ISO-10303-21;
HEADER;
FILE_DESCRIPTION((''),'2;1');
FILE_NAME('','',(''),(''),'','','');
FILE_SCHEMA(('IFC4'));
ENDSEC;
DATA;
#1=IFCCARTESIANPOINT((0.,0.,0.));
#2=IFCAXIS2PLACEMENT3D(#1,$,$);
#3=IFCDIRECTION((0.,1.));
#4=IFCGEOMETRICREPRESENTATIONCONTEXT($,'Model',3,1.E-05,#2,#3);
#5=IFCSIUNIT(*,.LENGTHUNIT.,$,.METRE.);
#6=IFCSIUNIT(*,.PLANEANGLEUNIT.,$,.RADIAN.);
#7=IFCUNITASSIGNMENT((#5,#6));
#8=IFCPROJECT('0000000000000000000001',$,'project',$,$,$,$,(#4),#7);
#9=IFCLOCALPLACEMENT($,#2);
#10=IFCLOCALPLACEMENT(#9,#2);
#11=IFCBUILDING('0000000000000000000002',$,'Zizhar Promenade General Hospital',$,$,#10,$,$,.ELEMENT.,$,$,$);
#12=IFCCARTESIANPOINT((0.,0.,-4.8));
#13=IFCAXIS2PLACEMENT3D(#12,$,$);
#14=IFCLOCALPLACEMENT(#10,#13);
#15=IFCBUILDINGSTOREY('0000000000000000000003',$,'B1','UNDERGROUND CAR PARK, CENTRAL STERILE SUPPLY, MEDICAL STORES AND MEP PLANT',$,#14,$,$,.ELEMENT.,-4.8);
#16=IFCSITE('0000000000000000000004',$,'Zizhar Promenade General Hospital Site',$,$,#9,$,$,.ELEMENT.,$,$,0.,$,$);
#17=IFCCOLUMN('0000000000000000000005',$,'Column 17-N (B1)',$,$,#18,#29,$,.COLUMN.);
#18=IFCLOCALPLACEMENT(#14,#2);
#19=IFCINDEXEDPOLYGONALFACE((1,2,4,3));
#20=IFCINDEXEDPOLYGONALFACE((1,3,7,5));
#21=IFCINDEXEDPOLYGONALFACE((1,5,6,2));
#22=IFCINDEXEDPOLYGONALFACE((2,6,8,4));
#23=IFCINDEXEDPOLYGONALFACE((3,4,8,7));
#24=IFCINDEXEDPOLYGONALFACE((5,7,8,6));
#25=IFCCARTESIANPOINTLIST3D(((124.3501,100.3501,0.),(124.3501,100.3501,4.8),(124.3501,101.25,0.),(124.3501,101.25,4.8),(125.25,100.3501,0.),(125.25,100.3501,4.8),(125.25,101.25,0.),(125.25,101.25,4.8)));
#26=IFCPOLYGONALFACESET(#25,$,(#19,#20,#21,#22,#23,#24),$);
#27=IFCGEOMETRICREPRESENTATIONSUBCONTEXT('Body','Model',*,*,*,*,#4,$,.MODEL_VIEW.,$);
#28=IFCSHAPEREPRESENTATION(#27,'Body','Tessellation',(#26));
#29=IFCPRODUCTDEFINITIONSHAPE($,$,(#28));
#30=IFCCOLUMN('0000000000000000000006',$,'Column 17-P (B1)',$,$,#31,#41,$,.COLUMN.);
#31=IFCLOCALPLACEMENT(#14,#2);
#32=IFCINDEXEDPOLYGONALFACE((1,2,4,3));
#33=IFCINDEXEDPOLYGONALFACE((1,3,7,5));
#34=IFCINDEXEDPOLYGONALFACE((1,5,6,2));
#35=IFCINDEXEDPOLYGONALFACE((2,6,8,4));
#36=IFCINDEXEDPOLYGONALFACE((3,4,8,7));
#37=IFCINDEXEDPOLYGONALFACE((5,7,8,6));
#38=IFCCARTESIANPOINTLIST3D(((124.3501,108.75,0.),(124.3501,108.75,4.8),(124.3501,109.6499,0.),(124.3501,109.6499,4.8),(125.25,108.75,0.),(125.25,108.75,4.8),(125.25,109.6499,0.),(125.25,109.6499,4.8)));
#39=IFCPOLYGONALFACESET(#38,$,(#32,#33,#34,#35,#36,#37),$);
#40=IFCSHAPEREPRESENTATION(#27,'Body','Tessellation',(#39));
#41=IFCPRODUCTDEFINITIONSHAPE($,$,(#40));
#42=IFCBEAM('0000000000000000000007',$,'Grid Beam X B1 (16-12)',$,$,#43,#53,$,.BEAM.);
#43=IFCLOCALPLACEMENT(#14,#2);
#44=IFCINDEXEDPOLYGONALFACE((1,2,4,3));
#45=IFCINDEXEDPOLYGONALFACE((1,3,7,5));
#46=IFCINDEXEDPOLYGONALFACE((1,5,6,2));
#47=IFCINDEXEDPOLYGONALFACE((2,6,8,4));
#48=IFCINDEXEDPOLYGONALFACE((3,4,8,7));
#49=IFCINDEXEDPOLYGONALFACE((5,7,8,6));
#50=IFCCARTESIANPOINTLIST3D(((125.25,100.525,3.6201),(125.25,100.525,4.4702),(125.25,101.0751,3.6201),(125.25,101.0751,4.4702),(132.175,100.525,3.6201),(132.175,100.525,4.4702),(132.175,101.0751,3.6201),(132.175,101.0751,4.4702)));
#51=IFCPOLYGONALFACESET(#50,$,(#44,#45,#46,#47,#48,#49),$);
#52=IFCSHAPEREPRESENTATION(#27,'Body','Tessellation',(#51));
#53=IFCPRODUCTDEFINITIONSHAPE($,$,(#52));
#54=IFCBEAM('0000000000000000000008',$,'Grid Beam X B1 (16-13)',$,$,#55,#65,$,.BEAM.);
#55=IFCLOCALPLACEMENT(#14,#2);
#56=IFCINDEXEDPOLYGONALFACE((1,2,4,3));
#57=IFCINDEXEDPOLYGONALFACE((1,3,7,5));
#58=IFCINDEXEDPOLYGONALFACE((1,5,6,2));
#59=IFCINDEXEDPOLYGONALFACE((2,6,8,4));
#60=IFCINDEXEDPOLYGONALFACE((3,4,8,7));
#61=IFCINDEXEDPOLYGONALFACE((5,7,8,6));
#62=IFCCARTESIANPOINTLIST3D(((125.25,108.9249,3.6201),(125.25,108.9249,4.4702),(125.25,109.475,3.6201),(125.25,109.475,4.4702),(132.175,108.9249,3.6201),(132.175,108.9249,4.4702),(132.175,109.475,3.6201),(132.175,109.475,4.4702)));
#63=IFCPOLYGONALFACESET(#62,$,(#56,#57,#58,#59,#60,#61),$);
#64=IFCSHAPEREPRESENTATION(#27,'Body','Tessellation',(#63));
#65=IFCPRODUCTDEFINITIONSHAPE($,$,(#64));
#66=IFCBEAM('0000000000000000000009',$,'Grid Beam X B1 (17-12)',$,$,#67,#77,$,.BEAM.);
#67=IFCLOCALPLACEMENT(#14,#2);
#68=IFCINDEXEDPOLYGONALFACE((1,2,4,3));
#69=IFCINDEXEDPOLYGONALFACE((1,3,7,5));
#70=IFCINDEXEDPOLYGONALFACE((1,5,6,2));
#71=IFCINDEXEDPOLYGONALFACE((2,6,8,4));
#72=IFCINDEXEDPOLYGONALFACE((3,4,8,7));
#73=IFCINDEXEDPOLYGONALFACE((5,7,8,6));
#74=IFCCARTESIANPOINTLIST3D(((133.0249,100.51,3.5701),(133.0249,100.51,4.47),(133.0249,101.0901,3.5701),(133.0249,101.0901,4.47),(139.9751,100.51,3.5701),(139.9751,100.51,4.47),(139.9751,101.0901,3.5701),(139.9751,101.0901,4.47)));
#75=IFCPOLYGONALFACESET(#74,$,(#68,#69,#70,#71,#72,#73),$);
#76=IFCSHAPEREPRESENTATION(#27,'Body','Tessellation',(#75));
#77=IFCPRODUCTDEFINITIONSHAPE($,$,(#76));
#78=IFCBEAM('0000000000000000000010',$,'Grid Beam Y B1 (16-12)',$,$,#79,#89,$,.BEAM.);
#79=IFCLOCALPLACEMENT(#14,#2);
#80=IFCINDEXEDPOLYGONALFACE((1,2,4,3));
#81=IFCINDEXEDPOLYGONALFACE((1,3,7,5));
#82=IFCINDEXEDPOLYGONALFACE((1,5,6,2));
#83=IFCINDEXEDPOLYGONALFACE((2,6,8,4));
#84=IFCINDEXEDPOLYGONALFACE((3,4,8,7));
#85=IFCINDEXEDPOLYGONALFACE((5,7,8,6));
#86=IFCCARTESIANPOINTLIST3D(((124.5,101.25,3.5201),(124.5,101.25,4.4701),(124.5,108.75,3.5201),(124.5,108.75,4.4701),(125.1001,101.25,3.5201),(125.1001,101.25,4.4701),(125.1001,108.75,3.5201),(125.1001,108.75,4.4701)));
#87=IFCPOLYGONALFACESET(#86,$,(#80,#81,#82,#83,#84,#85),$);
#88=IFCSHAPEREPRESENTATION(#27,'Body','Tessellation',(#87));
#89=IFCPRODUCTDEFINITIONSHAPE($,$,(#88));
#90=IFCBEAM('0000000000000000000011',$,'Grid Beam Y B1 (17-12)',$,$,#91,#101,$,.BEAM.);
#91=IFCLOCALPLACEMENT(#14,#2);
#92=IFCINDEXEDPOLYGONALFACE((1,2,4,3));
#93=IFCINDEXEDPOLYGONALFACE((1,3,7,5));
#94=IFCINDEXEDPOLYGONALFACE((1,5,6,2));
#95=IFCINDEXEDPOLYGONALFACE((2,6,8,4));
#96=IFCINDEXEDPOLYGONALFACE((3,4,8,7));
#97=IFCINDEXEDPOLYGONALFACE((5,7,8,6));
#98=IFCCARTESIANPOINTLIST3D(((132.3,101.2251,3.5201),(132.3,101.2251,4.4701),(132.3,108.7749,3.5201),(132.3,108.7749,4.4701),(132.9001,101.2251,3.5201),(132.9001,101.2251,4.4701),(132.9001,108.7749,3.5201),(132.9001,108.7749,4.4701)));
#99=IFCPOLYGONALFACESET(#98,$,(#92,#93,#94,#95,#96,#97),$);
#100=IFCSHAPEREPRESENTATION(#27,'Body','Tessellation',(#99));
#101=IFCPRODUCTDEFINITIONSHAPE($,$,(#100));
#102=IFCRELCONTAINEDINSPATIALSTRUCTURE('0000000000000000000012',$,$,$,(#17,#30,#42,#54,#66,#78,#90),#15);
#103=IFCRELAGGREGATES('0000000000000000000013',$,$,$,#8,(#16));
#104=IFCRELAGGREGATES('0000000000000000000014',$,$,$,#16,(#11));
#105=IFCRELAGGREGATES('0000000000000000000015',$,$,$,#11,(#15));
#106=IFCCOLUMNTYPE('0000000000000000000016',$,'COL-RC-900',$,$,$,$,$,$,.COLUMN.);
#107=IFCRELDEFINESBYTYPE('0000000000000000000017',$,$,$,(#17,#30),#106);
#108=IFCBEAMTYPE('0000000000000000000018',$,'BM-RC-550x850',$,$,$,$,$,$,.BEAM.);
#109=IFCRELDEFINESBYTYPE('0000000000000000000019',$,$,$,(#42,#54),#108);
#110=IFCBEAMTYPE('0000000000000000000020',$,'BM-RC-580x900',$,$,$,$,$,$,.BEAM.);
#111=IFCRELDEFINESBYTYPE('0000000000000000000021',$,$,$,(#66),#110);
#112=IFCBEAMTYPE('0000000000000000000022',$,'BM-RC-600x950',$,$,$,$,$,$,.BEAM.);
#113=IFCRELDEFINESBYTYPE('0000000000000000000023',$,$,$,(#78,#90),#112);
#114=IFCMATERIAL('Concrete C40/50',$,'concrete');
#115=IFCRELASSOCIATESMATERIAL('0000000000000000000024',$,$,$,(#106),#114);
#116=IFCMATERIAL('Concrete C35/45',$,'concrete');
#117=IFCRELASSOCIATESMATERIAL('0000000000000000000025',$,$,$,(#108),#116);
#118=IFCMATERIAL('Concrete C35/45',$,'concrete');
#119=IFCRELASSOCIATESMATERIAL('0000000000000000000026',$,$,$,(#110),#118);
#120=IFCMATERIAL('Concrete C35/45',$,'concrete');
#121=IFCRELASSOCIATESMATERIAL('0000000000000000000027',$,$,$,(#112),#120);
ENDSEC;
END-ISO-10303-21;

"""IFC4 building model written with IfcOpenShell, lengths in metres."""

from ifc_helpers import new_model, si_unit, direction, frame, origin, origin_2d, place, context, subcontext, project, spatial, rectangle, extrude, material, material_profile, profile_set, type_object, element, save


model = new_model("IFC4")

# Units and contexts
model_context = context("Model", 3, precision=1e-05, world=origin(), true_north=direction((0.0, 1.0)))
body_context = subcontext(model_context, "Body", "Model", "MODEL_VIEW")
ifc_project = project(units=[si_unit("LENGTHUNIT", "METRE"), si_unit("PLANEANGLEUNIT", "RADIAN")], contexts=[model_context])

# Site, building, storey
site_placement = place(None, origin())
site = spatial("IfcSite", under=ifc_project, at=site_placement, Name="Zizhar Promenade General Hospital Site", CompositionType="ELEMENT", RefElevation=0.0)
building_placement = place(site_placement, origin())
building = spatial("IfcBuilding", under=site, at=building_placement, Name="Zizhar Promenade General Hospital", CompositionType="ELEMENT")
storey_placement = place(building_placement, frame((0.0, 0.0, -4.8)))
storey = spatial("IfcBuildingStorey", under=building, at=storey_placement, Name="B1", Description="UNDERGROUND CAR PARK, CENTRAL STERILE SUPPLY, MEDICAL STORES AND MEP PLANT", CompositionType="ELEMENT", Elevation=-4.8)

# Columns
ifc_material_1 = material(Name="Concrete C40/50", Category="concrete")
ifc_material_profile_1 = material_profile(ifc_material_1, rectangle(XDim=0.8999, YDim=0.8999, at=origin_2d()))
ifc_profile_set_1 = profile_set([ifc_material_profile_1], Name="Concrete C40/50")
column_type_1 = type_object("IfcColumnType", Name="COL-RC-900", PredefinedType="COLUMN", material=ifc_profile_set_1)
for number, where, z_axis, x_axis, name in (
    (1, (124.8, 100.8, 0.0), (0.0, 0.0, 1.0), (1.0, 0.0, 0.0), "Column 17-N (B1)"),
    (2, (124.8, 109.2, 0.0), (0.0, 0.0, 1.0), (1.0, 0.0, 0.0), "Column 17-P (B1)"),
):
    element("IfcColumn", number, at=place(storey_placement, frame(where, z_axis=z_axis, x_axis=x_axis)), inside=storey, type_object=column_type_1, Name=name, PredefinedType="COLUMN", context=body_context, shape_type="SweptSolid", body=[
        extrude(rectangle(XDim=0.8999, YDim=0.8999, at=origin_2d()), origin(), (0.0, 0.0, 1.0), 4.8),
    ])

# Beams
ifc_material_2 = material(Name="Concrete C35/45", Category="concrete")
ifc_material_profile_2 = material_profile(ifc_material_2, rectangle(XDim=0.55, YDim=0.8501, at=origin_2d()))
ifc_profile_set_2 = profile_set([ifc_material_profile_2], Name="Concrete C35/45")
beam_type_1 = type_object("IfcBeamType", Name="BM-RC-550x850", PredefinedType="BEAM", material=ifc_profile_set_2)
for number, where, z_axis, x_axis, name in (
    (3, (125.25, 100.8, 4.0452), (1.0, 0.0, 0.0), (0.0, 1.0, 0.0), "Grid Beam X B1 (16-12)"),
    (4, (125.25, 109.2, 4.0452), (1.0, 0.0, 0.0), (0.0, 1.0, 0.0), "Grid Beam X B1 (16-13)"),
):
    element("IfcBeam", number, at=place(storey_placement, frame(where, z_axis=z_axis, x_axis=x_axis)), inside=storey, type_object=beam_type_1, Name=name, PredefinedType="BEAM", context=body_context, shape_type="SweptSolid", body=[
        extrude(rectangle(XDim=0.55, YDim=0.8501, at=origin_2d()), origin(), (0.0, 0.0, 1.0), 6.925),
    ])
ifc_material_3 = material(Name="Concrete C35/45", Category="concrete")
ifc_material_profile_3 = material_profile(ifc_material_3, rectangle(XDim=0.5801, YDim=0.8999, at=origin_2d()))
ifc_profile_set_3 = profile_set([ifc_material_profile_3], Name="Concrete C35/45")
beam_type_2 = type_object("IfcBeamType", Name="BM-RC-580x900", PredefinedType="BEAM", material=ifc_profile_set_3)
beam_1_placement = place(storey_placement, frame((133.0249, 100.8, 4.02), z_axis=(1.0, 0.0, 0.0), x_axis=(0.0, 1.0, 0.0)))
element("IfcBeam", 5, at=beam_1_placement, inside=storey, type_object=beam_type_2, Name="Grid Beam X B1 (17-12)", PredefinedType="BEAM", context=body_context, shape_type="SweptSolid", body=[
    extrude(rectangle(XDim=0.5801, YDim=0.8999, at=origin_2d()), origin(), (0.0, 0.0, 1.0), 6.9502),
])
ifc_material_4 = material(Name="Concrete C35/45", Category="concrete")
ifc_material_profile_4 = material_profile(ifc_material_4, rectangle(XDim=0.6001, YDim=0.95, at=origin_2d()))
ifc_profile_set_4 = profile_set([ifc_material_profile_4], Name="Concrete C35/45")
beam_type_3 = type_object("IfcBeamType", Name="BM-RC-600x950", PredefinedType="BEAM", material=ifc_profile_set_4)
beam_2_placement = place(storey_placement, frame((124.8, 101.25, 3.9951), z_axis=(0.0, 1.0, 0.0), x_axis=(-1.0, 0.0, 0.0)))
element("IfcBeam", 6, at=beam_2_placement, inside=storey, type_object=beam_type_3, Name="Grid Beam Y B1 (16-12)", PredefinedType="BEAM", context=body_context, shape_type="SweptSolid", body=[
    extrude(rectangle(XDim=0.6001, YDim=0.95, at=origin_2d()), origin(), (0.0, 0.0, 1.0), 7.5),
])
beam_3_placement = place(storey_placement, frame((132.6001, 101.2251, 3.9951), z_axis=(0.0, 1.0, 0.0), x_axis=(-1.0, 0.0, 0.0)))
element("IfcBeam", 7, at=beam_3_placement, inside=storey, type_object=beam_type_3, Name="Grid Beam Y B1 (17-12)", PredefinedType="BEAM", context=body_context, shape_type="SweptSolid", body=[
    extrude(rectangle(XDim=0.6001, YDim=0.95, at=origin_2d()), origin(), (0.0, 0.0, 1.0), 7.5498),
])

save(model, "model.ifc")
